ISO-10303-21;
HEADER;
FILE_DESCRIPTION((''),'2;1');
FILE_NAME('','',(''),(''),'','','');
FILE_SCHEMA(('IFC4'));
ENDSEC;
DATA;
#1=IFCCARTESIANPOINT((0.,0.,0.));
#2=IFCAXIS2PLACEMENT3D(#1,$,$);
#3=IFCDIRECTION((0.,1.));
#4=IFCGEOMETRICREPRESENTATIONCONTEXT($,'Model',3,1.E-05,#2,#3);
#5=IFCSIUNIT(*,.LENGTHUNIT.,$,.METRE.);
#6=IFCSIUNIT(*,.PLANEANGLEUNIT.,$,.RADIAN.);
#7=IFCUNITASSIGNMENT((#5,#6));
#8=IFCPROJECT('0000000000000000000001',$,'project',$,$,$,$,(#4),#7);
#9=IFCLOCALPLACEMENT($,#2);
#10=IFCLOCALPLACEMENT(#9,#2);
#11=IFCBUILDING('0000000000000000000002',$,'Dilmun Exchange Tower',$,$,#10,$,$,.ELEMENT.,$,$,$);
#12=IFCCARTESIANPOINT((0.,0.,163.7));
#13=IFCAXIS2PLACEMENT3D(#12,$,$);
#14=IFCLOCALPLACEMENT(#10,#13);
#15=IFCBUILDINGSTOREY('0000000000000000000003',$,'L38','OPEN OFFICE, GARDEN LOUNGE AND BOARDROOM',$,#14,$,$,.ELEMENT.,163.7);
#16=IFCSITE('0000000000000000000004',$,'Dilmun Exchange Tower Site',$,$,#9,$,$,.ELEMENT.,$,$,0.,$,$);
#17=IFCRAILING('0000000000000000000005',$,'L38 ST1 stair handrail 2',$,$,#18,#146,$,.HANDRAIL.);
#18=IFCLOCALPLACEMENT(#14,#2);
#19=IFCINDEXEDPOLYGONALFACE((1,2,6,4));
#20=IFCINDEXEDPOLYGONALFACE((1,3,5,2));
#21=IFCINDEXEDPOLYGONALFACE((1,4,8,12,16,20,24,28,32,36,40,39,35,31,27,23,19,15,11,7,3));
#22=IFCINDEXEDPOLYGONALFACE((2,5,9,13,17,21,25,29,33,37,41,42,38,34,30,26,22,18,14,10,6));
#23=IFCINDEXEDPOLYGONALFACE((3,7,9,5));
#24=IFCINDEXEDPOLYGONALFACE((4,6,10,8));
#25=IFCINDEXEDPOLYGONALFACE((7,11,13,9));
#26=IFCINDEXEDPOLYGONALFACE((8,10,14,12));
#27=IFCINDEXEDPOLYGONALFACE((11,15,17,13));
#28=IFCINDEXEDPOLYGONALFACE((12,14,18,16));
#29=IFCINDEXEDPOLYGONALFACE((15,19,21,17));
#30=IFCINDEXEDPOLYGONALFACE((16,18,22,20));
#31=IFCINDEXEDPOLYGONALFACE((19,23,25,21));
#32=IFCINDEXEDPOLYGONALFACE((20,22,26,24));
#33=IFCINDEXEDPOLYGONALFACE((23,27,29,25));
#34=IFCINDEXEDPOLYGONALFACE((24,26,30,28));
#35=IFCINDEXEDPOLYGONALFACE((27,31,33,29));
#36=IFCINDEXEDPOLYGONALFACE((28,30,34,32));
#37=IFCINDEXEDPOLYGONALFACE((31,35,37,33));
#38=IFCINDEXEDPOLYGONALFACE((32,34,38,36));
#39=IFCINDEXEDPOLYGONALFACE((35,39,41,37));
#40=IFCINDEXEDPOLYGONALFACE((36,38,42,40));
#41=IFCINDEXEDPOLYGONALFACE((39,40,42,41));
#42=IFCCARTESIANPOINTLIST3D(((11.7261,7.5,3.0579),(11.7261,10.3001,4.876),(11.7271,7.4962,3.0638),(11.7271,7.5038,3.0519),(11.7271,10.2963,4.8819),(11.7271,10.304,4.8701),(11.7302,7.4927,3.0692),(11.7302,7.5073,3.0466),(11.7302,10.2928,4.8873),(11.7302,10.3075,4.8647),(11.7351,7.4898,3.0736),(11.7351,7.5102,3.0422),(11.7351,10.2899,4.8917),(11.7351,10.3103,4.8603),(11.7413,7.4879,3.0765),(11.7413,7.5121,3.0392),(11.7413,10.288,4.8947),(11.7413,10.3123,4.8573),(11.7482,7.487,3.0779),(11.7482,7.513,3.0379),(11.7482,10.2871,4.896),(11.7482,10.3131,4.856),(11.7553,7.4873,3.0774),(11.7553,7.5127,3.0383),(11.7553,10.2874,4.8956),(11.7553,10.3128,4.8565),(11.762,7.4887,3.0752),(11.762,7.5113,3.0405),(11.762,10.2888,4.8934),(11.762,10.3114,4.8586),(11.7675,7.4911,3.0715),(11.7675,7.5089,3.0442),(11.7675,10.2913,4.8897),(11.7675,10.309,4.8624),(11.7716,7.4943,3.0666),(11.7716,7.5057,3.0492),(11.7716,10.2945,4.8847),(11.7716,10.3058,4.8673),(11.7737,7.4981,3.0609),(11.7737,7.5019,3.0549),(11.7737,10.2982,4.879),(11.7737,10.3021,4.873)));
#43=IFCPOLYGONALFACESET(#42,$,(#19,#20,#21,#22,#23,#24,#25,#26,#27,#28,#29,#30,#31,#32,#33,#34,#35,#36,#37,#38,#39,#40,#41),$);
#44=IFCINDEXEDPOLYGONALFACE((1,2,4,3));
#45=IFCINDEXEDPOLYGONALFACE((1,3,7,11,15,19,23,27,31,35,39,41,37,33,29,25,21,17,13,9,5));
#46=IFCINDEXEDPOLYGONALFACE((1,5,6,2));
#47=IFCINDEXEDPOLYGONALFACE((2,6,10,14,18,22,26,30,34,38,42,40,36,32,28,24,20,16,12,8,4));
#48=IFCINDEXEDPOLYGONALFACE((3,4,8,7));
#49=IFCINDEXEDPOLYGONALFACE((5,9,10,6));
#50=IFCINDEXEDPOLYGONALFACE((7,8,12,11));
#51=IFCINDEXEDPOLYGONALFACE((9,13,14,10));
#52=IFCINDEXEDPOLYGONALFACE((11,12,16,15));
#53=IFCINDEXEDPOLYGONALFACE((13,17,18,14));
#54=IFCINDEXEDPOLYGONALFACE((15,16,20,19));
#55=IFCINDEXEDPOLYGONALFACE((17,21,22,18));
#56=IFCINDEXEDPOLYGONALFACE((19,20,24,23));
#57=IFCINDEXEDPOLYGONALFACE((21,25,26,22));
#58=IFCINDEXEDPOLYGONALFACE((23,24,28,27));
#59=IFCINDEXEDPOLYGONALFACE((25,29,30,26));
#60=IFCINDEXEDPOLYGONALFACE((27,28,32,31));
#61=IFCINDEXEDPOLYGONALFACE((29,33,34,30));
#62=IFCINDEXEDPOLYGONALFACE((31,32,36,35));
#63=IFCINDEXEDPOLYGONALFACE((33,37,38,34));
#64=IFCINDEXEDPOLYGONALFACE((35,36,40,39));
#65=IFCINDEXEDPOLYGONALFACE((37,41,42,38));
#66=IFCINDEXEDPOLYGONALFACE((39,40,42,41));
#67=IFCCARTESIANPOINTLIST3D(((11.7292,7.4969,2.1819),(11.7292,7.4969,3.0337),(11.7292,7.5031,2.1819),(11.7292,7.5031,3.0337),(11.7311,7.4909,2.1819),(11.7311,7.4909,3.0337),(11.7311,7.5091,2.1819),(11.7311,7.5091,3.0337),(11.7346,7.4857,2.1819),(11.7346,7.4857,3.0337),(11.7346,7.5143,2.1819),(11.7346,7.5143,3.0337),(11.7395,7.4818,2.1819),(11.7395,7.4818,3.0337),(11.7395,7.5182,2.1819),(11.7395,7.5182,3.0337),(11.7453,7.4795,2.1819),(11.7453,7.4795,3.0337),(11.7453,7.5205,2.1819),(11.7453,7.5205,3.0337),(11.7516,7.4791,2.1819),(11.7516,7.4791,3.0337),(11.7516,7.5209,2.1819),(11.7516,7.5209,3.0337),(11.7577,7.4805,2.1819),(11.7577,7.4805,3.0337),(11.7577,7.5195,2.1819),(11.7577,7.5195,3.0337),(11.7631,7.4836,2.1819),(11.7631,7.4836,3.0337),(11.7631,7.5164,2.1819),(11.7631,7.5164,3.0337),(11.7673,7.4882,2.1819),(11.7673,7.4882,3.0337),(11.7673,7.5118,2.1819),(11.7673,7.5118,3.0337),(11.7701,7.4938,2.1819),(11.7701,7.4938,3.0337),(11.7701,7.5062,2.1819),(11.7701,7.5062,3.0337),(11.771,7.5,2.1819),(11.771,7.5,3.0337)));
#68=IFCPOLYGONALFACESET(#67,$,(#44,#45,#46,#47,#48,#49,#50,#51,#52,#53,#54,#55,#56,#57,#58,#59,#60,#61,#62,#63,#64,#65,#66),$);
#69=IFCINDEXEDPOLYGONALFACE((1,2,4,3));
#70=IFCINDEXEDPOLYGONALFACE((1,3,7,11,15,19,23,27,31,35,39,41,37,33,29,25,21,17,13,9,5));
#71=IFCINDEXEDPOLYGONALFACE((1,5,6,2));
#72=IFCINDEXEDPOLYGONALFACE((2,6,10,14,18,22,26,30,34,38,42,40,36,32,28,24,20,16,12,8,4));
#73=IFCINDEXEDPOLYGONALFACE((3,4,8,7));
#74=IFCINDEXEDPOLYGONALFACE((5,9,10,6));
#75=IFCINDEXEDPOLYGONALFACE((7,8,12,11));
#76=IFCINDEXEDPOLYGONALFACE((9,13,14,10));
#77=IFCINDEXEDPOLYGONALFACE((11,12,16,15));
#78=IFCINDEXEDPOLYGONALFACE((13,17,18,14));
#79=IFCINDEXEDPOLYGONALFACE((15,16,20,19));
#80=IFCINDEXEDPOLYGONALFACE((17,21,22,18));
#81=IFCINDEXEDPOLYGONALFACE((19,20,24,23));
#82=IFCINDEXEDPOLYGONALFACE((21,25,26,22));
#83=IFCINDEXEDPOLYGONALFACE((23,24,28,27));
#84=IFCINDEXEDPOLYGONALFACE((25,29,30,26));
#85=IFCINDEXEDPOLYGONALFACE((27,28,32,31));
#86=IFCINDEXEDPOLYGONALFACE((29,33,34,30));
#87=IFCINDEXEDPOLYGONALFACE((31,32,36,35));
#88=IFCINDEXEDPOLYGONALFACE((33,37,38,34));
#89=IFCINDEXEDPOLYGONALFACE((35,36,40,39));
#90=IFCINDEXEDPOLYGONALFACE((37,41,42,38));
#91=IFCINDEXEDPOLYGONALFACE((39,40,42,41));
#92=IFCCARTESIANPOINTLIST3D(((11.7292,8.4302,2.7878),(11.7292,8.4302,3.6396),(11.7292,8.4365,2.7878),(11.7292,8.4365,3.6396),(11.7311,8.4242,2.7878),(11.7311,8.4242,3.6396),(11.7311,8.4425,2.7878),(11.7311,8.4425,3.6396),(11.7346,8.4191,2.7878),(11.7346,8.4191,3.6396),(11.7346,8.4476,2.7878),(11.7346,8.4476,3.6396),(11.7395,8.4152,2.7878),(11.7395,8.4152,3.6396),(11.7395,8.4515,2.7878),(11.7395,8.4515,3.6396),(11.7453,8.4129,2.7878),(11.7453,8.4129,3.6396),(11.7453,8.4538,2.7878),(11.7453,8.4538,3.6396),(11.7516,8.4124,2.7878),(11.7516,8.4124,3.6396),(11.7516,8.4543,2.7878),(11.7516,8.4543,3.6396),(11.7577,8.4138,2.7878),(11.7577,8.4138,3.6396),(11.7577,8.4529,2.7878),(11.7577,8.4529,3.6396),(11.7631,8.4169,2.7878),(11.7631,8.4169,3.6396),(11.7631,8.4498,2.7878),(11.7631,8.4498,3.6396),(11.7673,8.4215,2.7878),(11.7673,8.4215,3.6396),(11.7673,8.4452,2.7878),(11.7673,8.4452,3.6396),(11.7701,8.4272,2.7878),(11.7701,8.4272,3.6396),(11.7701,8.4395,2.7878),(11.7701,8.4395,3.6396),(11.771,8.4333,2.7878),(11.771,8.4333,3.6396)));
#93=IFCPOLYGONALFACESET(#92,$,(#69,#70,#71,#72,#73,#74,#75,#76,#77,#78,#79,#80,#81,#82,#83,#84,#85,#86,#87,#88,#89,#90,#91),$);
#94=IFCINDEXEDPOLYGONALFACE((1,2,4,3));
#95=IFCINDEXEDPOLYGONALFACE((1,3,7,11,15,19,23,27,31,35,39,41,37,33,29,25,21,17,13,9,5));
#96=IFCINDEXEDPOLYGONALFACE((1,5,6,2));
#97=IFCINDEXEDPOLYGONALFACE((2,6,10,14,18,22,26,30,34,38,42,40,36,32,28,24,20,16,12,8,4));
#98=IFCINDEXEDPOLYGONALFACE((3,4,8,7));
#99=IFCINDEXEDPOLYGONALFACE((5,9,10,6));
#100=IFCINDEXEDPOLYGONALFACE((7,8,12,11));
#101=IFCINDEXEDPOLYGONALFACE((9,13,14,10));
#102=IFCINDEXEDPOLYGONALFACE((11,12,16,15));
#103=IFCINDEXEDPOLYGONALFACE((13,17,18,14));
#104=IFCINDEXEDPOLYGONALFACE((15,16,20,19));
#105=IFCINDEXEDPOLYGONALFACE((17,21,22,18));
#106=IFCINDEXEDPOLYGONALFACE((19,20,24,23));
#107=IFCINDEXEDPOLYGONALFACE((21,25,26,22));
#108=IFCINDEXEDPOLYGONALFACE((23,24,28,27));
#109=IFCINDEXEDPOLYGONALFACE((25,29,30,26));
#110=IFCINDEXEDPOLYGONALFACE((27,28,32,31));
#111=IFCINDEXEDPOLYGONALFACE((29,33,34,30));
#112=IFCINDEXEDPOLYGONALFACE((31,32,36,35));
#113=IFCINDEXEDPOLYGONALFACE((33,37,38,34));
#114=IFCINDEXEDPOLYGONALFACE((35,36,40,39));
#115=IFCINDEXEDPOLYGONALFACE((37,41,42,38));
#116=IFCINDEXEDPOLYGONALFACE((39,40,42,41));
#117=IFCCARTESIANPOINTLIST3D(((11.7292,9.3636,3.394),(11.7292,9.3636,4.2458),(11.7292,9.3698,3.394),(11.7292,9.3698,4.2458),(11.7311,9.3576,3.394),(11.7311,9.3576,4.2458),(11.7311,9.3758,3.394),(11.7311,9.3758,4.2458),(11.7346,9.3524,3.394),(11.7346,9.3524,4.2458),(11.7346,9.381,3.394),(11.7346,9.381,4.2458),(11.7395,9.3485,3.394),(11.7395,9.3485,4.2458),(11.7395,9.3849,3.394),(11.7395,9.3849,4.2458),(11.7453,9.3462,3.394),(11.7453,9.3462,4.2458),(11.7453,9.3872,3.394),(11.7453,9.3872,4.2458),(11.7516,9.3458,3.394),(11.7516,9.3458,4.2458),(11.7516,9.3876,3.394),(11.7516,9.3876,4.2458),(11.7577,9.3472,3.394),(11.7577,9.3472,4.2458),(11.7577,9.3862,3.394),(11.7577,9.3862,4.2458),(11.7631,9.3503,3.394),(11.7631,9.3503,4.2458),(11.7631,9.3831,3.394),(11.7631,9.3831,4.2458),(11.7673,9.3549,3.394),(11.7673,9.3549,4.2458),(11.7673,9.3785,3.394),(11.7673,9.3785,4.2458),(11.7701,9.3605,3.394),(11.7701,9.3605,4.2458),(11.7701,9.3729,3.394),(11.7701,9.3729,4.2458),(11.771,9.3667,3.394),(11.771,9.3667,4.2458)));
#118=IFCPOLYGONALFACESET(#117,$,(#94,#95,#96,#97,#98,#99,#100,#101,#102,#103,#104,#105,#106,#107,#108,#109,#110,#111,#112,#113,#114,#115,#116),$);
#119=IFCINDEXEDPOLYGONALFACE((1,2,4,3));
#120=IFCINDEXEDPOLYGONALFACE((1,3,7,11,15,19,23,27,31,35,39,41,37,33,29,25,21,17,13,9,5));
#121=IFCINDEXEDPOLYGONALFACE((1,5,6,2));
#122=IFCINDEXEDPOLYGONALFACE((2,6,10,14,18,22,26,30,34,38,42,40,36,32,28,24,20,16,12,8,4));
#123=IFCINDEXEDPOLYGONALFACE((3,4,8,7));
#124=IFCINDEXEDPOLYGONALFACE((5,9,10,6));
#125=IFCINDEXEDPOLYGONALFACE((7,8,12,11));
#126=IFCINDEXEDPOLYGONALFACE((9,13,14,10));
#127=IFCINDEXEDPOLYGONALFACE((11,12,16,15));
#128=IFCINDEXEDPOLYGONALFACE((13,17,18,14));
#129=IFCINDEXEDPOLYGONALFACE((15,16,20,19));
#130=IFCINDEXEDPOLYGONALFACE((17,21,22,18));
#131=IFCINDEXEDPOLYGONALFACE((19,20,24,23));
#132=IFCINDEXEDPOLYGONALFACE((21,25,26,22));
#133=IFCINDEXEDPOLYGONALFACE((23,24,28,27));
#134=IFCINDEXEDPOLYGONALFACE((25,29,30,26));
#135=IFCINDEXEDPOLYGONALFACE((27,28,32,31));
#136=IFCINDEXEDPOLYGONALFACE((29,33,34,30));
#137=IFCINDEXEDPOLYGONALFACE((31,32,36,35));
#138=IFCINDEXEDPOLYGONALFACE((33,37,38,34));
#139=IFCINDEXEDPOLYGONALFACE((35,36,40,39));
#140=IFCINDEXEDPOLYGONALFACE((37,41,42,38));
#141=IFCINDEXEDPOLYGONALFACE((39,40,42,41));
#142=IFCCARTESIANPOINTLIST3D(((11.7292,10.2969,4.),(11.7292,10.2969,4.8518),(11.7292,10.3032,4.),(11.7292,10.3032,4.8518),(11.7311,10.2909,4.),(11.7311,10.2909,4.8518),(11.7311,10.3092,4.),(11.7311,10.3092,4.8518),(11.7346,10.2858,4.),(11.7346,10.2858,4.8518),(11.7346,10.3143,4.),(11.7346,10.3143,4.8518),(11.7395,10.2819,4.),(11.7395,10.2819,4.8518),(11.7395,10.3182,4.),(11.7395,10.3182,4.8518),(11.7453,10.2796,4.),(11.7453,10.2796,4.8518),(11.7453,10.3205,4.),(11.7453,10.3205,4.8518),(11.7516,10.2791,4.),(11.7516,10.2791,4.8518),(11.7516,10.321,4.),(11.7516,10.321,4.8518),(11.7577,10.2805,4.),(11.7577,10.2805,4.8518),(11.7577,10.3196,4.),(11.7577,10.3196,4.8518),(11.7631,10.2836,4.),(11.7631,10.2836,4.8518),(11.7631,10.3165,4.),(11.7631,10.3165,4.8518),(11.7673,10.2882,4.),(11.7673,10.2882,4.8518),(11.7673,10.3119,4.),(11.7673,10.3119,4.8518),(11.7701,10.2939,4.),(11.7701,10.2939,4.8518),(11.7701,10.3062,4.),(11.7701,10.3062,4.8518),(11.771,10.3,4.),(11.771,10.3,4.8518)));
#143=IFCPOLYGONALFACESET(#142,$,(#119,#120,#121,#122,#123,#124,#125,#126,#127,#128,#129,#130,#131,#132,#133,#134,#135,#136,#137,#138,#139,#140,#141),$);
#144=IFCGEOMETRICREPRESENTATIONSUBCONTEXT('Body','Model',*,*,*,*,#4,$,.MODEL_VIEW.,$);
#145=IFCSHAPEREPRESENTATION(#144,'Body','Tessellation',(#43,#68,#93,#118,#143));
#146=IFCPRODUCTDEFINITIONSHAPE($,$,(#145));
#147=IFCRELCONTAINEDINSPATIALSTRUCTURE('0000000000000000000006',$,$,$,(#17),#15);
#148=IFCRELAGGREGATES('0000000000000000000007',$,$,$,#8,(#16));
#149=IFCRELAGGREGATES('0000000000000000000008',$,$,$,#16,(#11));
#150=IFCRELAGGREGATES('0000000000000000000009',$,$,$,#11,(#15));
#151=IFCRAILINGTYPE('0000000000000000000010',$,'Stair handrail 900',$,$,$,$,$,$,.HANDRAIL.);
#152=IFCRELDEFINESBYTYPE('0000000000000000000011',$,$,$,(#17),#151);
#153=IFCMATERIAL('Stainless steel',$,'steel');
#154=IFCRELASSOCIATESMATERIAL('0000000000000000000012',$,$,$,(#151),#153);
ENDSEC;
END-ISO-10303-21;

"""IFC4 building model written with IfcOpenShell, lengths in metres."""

from ifc_helpers import new_model, si_unit, direction, frame, origin, origin_2d, place, context, subcontext, project, spatial, circle, extrude, material, type_object, element, save


model = new_model("IFC4")

# Units and contexts
model_context = context("Model", 3, precision=1e-05, world=origin(), true_north=direction((0.0, 1.0)))
body_context = subcontext(model_context, "Body", "Model", "MODEL_VIEW")
ifc_project = project(units=[si_unit("LENGTHUNIT", "METRE"), si_unit("PLANEANGLEUNIT", "RADIAN")], contexts=[model_context])

# Site, building, storey
site_placement = place(None, origin())
site = spatial("IfcSite", under=ifc_project, at=site_placement, Name="Dilmun Exchange Tower Site", CompositionType="ELEMENT", RefElevation=0.0)
building_placement = place(site_placement, origin())
building = spatial("IfcBuilding", under=site, at=building_placement, Name="Dilmun Exchange Tower", CompositionType="ELEMENT")
storey_placement = place(building_placement, frame((0.0, 0.0, 163.7)))
storey = spatial("IfcBuildingStorey", under=building, at=storey_placement, Name="L38", Description="OPEN OFFICE, GARDEN LOUNGE AND BOARDROOM", CompositionType="ELEMENT", Elevation=163.7)

# Railing
ifc_material_1 = material(Name="Stainless steel", Category="steel")
railing_type = type_object("IfcRailingType", Name="Stair handrail 900", PredefinedType="HANDRAIL", material=ifc_material_1)
railing_1_placement = place(storey_placement, frame((11.75, 7.5, 2.1819)))
element("IfcRailing", 1, at=railing_1_placement, inside=storey, type_object=railing_type, Name="L38 ST1 stair handrail 2", PredefinedType="HANDRAIL", context=body_context, shape_type="SweptSolid", body=[
    extrude(circle(Radius=0.0239, at=origin_2d()), frame((0.0, 0.0, 0.876), z_axis=(0.0, 0.838706, 0.544585), x_axis=(-1.0, 0.0, 0.0)), (0.0, 0.0, 1.0), 3.3386),
    extrude(circle(Radius=0.021, at=origin_2d()), origin(), (0.0, 0.0, 1.0), 0.8518),
    extrude(circle(Radius=0.021, at=origin_2d()), frame((0.0, 0.9333, 0.606)), (0.0, 0.0, 1.0), 0.8518),
    extrude(circle(Radius=0.021, at=origin_2d()), frame((0.0, 1.8667, 1.2122)), (0.0, 0.0, 1.0), 0.8518),
    extrude(circle(Radius=0.021, at=origin_2d()), frame((0.0, 2.8, 1.8181)), (0.0, 0.0, 1.0), 0.8518),
])

save(model, "model.ifc")
